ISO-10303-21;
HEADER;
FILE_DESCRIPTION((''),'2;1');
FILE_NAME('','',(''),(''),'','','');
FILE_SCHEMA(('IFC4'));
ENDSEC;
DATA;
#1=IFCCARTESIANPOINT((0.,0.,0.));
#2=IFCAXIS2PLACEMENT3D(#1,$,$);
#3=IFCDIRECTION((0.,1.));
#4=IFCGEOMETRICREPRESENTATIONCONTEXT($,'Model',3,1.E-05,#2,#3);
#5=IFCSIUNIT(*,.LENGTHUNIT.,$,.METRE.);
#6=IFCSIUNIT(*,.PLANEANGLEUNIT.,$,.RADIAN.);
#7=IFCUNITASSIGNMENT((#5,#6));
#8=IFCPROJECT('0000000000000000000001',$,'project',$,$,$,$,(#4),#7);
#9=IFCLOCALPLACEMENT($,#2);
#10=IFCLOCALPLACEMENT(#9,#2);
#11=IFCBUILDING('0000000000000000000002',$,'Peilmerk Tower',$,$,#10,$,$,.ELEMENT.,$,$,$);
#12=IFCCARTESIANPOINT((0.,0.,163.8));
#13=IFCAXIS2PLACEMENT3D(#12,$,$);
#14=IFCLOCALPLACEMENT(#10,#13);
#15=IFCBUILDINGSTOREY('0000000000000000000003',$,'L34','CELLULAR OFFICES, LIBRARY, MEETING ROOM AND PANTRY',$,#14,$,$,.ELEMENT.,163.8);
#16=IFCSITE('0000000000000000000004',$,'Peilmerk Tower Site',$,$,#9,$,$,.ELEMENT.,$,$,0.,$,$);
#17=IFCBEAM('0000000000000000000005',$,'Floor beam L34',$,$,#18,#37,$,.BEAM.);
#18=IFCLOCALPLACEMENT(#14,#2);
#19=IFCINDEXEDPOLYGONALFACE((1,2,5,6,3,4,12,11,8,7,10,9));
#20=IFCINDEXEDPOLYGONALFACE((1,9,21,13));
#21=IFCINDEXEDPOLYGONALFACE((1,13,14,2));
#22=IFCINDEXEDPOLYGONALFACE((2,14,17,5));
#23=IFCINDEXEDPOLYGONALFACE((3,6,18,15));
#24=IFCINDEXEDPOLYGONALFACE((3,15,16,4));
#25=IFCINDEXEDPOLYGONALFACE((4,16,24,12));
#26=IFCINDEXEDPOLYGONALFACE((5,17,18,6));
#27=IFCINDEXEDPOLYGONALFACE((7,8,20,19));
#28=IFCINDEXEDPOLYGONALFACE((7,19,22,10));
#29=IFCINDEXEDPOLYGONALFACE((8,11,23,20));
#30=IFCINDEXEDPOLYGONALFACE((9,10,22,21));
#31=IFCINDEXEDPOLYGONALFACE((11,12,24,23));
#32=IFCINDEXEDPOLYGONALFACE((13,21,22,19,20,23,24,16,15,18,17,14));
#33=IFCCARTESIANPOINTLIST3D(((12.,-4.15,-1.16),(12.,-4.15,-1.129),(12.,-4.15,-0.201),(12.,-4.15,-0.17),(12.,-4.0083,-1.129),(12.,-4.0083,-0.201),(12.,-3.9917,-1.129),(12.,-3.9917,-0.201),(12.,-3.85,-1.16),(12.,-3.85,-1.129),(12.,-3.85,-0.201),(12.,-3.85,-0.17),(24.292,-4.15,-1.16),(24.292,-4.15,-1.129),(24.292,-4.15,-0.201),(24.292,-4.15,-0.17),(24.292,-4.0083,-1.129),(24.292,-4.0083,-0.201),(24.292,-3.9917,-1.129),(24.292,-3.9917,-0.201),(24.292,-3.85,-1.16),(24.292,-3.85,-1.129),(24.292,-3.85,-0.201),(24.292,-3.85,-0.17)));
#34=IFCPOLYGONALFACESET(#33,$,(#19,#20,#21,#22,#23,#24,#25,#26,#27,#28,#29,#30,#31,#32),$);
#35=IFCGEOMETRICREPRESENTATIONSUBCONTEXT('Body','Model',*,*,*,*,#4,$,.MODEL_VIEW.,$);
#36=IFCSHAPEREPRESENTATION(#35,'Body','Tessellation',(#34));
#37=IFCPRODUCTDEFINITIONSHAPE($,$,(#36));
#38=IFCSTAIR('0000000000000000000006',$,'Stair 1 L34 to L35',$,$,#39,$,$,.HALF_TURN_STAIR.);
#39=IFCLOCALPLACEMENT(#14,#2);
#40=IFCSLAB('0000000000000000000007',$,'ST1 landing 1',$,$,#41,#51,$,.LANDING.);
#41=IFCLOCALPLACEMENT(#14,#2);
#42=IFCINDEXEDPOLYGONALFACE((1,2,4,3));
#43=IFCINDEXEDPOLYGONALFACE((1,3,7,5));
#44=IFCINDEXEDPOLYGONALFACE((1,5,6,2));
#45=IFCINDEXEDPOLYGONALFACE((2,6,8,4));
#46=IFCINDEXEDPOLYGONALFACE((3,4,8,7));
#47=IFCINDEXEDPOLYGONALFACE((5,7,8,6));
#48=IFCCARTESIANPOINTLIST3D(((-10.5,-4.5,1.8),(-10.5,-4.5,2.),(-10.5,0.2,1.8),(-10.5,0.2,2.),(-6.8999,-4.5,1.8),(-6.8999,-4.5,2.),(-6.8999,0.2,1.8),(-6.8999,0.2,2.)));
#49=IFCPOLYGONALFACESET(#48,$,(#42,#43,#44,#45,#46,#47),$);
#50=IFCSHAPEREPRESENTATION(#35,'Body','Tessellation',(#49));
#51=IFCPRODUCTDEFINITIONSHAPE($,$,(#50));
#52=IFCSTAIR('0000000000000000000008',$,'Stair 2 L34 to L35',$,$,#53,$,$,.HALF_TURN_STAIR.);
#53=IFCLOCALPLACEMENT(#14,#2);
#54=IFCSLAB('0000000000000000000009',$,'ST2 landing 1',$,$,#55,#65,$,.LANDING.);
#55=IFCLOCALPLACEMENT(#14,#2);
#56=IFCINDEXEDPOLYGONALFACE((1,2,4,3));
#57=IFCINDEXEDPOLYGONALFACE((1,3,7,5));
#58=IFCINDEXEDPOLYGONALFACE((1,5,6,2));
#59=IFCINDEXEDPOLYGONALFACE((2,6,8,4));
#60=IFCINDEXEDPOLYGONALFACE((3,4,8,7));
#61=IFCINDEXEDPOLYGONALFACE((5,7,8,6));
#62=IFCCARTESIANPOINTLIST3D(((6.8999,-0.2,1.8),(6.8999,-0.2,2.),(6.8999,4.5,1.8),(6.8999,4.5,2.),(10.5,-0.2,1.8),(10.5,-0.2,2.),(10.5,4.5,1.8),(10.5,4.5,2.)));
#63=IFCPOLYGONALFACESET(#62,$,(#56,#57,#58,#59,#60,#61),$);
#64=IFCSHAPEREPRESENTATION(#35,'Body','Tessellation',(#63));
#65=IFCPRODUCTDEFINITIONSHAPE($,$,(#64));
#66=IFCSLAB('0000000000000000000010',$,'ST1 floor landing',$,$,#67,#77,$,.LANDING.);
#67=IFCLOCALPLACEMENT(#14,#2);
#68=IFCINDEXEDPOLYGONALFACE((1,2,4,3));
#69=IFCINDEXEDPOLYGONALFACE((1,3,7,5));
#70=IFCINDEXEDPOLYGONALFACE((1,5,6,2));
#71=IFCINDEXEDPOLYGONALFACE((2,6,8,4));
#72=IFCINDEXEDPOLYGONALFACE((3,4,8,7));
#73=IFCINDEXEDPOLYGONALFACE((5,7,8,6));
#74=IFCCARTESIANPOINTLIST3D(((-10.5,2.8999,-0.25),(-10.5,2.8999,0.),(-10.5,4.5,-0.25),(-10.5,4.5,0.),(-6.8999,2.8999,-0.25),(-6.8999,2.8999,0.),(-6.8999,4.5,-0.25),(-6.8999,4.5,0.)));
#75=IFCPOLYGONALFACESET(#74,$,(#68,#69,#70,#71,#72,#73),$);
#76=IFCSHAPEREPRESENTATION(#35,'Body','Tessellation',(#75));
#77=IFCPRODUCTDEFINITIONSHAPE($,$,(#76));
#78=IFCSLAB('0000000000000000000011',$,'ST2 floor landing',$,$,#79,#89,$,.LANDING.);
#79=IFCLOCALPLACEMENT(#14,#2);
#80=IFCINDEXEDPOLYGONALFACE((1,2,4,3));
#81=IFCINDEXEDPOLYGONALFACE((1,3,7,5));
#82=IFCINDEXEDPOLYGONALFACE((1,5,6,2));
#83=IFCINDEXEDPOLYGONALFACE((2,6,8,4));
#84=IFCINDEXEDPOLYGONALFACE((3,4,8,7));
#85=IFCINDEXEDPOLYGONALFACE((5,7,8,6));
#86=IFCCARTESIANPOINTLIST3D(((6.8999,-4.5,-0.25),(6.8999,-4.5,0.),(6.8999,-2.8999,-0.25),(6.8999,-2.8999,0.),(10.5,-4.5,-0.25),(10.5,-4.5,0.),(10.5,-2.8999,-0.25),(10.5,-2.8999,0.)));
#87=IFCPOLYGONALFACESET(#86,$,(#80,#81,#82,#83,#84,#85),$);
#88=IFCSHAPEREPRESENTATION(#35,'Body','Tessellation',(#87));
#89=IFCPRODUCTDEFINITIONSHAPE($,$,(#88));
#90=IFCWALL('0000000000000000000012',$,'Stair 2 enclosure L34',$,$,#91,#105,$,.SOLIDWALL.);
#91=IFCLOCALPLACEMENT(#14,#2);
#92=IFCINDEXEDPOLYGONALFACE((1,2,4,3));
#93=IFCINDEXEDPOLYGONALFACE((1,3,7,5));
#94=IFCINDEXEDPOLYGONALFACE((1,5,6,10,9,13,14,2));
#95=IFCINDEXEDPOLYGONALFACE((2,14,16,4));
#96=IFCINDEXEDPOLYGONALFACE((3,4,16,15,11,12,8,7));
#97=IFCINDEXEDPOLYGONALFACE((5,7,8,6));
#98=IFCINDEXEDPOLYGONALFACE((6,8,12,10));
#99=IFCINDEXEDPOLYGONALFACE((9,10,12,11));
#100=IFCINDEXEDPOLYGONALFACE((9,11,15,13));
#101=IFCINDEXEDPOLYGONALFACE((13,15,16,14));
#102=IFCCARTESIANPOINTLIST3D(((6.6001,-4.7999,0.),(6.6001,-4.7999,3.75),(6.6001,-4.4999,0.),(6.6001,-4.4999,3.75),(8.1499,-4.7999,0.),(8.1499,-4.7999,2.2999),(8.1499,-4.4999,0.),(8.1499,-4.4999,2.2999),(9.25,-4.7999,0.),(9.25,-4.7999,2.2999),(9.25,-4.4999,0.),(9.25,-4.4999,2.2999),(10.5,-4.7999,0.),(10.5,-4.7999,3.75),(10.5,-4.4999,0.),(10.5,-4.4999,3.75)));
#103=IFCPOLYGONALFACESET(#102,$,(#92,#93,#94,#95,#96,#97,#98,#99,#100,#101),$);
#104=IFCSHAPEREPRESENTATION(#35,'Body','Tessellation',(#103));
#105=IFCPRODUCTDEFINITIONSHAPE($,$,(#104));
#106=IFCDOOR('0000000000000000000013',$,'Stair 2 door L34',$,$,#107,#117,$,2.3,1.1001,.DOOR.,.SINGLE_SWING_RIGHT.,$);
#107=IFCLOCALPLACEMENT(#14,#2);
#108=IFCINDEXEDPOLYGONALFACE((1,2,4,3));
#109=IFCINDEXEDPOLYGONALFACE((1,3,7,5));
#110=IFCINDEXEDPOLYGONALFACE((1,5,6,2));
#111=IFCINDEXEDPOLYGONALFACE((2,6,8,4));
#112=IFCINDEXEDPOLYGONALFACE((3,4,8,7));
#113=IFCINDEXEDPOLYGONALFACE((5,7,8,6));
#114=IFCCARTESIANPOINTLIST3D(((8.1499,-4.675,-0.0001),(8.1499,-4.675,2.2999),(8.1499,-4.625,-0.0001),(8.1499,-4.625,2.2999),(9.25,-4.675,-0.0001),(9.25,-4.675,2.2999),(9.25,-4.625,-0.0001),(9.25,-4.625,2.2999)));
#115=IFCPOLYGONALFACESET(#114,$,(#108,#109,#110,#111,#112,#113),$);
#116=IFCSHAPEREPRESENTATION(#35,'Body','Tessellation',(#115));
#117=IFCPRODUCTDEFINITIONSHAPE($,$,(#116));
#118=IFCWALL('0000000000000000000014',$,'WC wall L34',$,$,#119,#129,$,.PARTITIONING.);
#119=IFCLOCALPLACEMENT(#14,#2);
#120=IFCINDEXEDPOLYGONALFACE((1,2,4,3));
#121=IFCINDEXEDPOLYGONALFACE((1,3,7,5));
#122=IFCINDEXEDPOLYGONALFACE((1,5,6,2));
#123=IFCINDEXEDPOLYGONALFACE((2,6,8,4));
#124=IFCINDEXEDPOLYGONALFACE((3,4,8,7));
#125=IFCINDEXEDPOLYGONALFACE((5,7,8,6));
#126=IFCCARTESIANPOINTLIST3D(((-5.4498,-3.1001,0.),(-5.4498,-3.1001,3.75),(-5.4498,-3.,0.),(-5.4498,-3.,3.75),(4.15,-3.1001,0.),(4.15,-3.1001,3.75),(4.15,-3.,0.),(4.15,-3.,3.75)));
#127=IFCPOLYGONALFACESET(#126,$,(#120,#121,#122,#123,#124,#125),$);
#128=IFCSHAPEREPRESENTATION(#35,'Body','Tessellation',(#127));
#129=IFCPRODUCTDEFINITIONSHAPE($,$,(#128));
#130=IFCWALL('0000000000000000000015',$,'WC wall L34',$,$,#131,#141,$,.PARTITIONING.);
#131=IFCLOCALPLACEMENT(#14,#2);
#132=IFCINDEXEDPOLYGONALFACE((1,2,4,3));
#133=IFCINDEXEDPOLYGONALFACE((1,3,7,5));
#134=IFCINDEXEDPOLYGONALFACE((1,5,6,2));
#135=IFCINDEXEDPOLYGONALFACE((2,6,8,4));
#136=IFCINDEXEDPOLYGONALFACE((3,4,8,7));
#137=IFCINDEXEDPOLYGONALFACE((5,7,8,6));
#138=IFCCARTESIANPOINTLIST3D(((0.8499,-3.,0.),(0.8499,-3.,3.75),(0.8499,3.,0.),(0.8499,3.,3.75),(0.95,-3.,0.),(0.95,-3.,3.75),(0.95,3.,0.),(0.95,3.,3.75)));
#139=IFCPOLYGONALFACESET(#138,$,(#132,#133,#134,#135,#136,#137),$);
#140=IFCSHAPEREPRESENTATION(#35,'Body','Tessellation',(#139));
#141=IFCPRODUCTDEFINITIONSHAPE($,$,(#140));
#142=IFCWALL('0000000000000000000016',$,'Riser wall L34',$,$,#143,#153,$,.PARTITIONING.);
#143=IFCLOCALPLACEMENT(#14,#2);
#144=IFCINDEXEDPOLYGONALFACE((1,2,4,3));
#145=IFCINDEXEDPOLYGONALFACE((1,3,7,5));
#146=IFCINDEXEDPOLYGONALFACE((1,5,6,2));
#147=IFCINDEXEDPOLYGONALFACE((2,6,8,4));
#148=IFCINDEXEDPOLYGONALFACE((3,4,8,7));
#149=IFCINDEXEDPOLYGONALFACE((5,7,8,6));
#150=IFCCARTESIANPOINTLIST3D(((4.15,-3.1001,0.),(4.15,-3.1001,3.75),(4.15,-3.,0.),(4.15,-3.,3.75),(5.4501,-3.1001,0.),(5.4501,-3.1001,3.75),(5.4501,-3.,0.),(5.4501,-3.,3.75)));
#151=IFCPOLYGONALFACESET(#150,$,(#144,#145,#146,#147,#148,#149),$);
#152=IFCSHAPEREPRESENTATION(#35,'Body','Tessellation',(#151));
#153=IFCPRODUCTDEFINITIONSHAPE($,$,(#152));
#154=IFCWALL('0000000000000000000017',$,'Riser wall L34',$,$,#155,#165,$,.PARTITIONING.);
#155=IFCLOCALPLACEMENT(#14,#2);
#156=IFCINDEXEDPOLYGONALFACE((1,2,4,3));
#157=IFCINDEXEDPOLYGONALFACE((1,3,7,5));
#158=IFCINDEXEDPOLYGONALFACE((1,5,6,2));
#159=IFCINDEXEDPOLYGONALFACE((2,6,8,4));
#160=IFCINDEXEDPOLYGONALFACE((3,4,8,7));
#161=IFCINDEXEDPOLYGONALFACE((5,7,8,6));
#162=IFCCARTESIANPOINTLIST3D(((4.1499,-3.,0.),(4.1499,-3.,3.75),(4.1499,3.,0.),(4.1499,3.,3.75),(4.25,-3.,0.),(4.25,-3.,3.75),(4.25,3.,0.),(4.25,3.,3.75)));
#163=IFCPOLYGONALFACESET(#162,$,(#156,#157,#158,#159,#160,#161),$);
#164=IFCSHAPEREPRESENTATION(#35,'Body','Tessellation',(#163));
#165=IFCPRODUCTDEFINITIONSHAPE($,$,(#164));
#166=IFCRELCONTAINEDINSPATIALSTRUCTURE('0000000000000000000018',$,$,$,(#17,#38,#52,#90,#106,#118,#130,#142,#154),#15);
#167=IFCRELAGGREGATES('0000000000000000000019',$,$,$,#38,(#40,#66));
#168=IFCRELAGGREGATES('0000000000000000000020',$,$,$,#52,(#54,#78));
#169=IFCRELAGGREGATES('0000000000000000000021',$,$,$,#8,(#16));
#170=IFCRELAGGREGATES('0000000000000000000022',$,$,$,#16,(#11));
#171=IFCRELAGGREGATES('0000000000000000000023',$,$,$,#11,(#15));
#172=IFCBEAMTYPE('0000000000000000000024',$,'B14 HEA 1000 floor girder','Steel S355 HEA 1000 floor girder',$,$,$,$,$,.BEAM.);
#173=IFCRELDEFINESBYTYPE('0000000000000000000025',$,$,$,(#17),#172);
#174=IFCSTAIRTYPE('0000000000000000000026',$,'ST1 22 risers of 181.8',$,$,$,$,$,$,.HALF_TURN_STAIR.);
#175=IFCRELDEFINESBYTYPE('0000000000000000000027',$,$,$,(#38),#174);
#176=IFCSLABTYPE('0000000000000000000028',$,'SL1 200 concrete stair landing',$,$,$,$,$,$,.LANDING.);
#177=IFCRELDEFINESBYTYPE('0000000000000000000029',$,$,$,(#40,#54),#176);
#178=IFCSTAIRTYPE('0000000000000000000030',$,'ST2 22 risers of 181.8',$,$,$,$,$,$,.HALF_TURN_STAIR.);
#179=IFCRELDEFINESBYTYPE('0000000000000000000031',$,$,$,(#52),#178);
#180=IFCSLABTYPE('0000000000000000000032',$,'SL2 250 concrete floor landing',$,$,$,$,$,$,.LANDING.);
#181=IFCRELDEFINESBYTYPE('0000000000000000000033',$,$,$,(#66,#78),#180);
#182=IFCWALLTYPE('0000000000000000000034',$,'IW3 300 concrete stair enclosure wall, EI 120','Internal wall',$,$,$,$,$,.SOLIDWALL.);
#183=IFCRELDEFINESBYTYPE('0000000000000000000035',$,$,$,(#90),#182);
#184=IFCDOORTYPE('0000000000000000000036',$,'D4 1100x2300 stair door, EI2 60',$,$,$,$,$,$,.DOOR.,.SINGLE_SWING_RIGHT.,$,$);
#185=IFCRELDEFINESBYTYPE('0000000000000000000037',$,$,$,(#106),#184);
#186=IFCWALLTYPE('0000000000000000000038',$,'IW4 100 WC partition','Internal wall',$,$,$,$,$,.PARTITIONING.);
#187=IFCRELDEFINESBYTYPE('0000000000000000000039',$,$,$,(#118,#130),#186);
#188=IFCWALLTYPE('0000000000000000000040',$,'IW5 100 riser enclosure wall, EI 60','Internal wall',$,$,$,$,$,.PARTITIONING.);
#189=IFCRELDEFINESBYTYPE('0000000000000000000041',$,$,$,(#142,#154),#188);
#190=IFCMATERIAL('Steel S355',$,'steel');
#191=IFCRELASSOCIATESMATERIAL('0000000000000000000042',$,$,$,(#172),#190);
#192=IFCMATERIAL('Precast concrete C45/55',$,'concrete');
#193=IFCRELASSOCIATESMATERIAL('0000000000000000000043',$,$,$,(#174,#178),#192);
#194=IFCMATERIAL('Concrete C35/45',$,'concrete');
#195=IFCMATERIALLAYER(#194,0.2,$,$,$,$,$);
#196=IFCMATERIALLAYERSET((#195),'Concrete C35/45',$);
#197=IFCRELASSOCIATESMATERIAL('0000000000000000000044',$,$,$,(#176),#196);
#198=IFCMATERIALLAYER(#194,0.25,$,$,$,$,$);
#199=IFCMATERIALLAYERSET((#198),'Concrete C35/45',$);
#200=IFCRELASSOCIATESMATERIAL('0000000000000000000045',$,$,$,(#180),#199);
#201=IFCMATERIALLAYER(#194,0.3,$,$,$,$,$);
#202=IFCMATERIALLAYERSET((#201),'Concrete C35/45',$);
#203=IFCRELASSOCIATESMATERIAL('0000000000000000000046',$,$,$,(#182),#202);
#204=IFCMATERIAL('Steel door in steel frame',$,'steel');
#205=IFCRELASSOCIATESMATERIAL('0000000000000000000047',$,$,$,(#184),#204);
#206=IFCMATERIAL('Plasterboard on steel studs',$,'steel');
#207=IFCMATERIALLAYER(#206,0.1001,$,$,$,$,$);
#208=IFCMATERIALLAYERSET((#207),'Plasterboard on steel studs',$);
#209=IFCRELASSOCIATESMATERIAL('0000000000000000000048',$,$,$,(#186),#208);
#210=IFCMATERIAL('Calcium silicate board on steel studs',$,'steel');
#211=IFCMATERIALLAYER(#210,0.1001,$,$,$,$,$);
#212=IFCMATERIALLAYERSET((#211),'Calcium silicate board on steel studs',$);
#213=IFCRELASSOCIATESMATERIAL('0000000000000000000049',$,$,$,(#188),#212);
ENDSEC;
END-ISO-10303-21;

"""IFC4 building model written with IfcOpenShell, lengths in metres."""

from ifc_helpers import new_model, si_unit, direction, frame, frame_2d, origin, origin_2d, place, context, subcontext, project, spatial, polyline, rectangle, i_section, outline, extrude, material, layer, layer_set, material_profile, profile_set, type_object, element, fill, aggregate, save


model = new_model("IFC4")

# Units and contexts
model_context = context("Model", 3, precision=1e-05, world=origin(), true_north=direction((0.0, 1.0)))
body_context = subcontext(model_context, "Body", "Model", "MODEL_VIEW")
ifc_project = project(units=[si_unit("LENGTHUNIT", "METRE"), si_unit("PLANEANGLEUNIT", "RADIAN")], contexts=[model_context])

# Site, building, storey
site_placement = place(None, origin())
site = spatial("IfcSite", under=ifc_project, at=site_placement, Name="Peilmerk Tower Site", CompositionType="ELEMENT", RefElevation=0.0)
building_placement = place(site_placement, origin())
building = spatial("IfcBuilding", under=site, at=building_placement, Name="Peilmerk Tower", CompositionType="ELEMENT")
storey_placement = place(building_placement, frame((0.0, 0.0, 163.8)))
storey = spatial("IfcBuildingStorey", under=building, at=storey_placement, Name="L34", Description="CELLULAR OFFICES, LIBRARY, MEETING ROOM AND PANTRY", CompositionType="ELEMENT", Elevation=163.8)

# Beam
ifc_material_1 = material(Name="Steel S355", Category="steel")
ifc_material_profile = material_profile(ifc_material_1, i_section(OverallWidth=0.3, OverallDepth=0.99, WebThickness=0.0166, FlangeThickness=0.031, at=origin_2d()), Name="HEA 1000")
ifc_profile_set = profile_set([ifc_material_profile], Name="Steel S355")
beam_type = type_object("IfcBeamType", Name="B14 HEA 1000 floor girder", Description="Steel S355 HEA 1000 floor girder", PredefinedType="BEAM", material=ifc_profile_set)
beam_placement = place(storey_placement, frame((12.0, -4.0, -0.665), z_axis=(1.0, 0.0, 0.0), x_axis=(0.0, 1.0, 0.0)))
element("IfcBeam", 1, at=beam_placement, inside=storey, type_object=beam_type, Name="Floor beam L34", PredefinedType="BEAM", context=body_context, shape_type="SweptSolid", body=[
    extrude(i_section(OverallWidth=0.3, OverallDepth=0.99, WebThickness=0.0166, FlangeThickness=0.031, at=origin_2d()), origin(), (0.0, 0.0, 1.0), 12.292),
])

# Stairs, slabs
ifc_material_2 = material(Name="Precast concrete C45/55", Category="concrete")
stair_type_1 = type_object("IfcStairType", Name="ST1 22 risers of 181.8", PredefinedType="HALF_TURN_STAIR", material=ifc_material_2)
stair_1_placement = place(storey_placement, origin())
stair_1 = element("IfcStair", 2, at=stair_1_placement, inside=storey, type_object=stair_type_1, Name="Stair 1 L34 to L35", PredefinedType="HALF_TURN_STAIR")
ifc_material_3 = material(Name="Concrete C35/45", Category="concrete")
ifc_layer_1 = layer(ifc_material_3, 0.2)
ifc_layer_set_1 = layer_set([ifc_layer_1], Name="Concrete C35/45")
slab_type_1 = type_object("IfcSlabType", Name="SL1 200 concrete stair landing", PredefinedType="LANDING", material=ifc_layer_set_1)
slab_1_placement = place(storey_placement, frame((0.0, 0.0, 1.8)))
slab_1 = element("IfcSlab", 3, at=slab_1_placement, type_object=slab_type_1, Name="ST1 landing 1", PredefinedType="LANDING", context=body_context, shape_type="SweptSolid", body=[
    extrude(outline(polyline([(-10.5, -4.5), (-6.8999, -4.5), (-6.8999, 0.2), (-10.5, 0.2), (-10.5, -4.5)])), origin(), (0.0, 0.0, 1.0), 0.2),
])
stair_type_2 = type_object("IfcStairType", Name="ST2 22 risers of 181.8", PredefinedType="HALF_TURN_STAIR", material=ifc_material_2)
stair_2_placement = place(storey_placement, origin())
stair_2 = element("IfcStair", 4, at=stair_2_placement, inside=storey, type_object=stair_type_2, Name="Stair 2 L34 to L35", PredefinedType="HALF_TURN_STAIR")
slab_2_placement = place(storey_placement, frame((0.0, 0.0, 1.8)))
slab_2 = element("IfcSlab", 5, at=slab_2_placement, type_object=slab_type_1, Name="ST2 landing 1", PredefinedType="LANDING", context=body_context, shape_type="SweptSolid", body=[
    extrude(outline(polyline([(6.8999, -0.2), (10.5, -0.2), (10.5, 4.5), (6.8999, 4.5), (6.8999, -0.2)])), origin(), (0.0, 0.0, 1.0), 0.2),
])

# Slabs
ifc_layer_2 = layer(ifc_material_3, 0.25)
ifc_layer_set_2 = layer_set([ifc_layer_2], Name="Concrete C35/45")
slab_type_2 = type_object("IfcSlabType", Name="SL2 250 concrete floor landing", PredefinedType="LANDING", material=ifc_layer_set_2)
slab_3_placement = place(storey_placement, frame((0.0, 0.0, -0.25)))
slab_3 = element("IfcSlab", 6, at=slab_3_placement, type_object=slab_type_2, Name="ST1 floor landing", PredefinedType="LANDING", context=body_context, shape_type="SweptSolid", body=[
    extrude(outline(polyline([(-10.5, 2.8999), (-6.8999, 2.8999), (-6.8999, 4.5), (-10.5, 4.5), (-10.5, 2.8999)])), origin(), (0.0, 0.0, 1.0), 0.25),
])
aggregate(stair_1, [slab_1, slab_3])
slab_4_placement = place(storey_placement, frame((0.0, 0.0, -0.25)))
slab_4 = element("IfcSlab", 7, at=slab_4_placement, type_object=slab_type_2, Name="ST2 floor landing", PredefinedType="LANDING", context=body_context, shape_type="SweptSolid", body=[
    extrude(outline(polyline([(6.8999, -4.5), (10.5, -4.5), (10.5, -2.8999), (6.8999, -2.8999), (6.8999, -4.5)])), origin(), (0.0, 0.0, 1.0), 0.25),
])

# Wall, opening, door
ifc_layer_3 = layer(ifc_material_3, 0.3)
ifc_layer_set_3 = layer_set([ifc_layer_3], Name="Concrete C35/45")
wall_type_1 = type_object("IfcWallType", Name="IW3 300 concrete stair enclosure wall, EI 120", Description="Internal wall", PredefinedType="SOLIDWALL", material=ifc_layer_set_3)
wall_1_placement = place(storey_placement, frame((10.5, -4.6499, 0.0), z_axis=(0.0, 0.0, 1.0), x_axis=(-1.0, 0.0, 0.0)))
wall_1 = element("IfcWall", 8, at=wall_1_placement, inside=storey, type_object=wall_type_1, Name="Stair 2 enclosure L34", PredefinedType="SOLIDWALL", context=body_context, shape_type="SweptSolid", body=[
    extrude(rectangle(XDim=3.8999, YDim=0.3, at=frame_2d((1.95, 0.0))), origin(), (0.0, 0.0, 1.0), 3.75),
])
opening_1_placement = place(wall_1_placement, frame((1.25, 0.0, 0.0)))
opening_1 = element("IfcOpeningElement", 9, at=opening_1_placement, cuts=wall_1, PredefinedType="OPENING", context=body_context, shape_type="SweptSolid", body=[
    extrude(rectangle(XDim=1.1001, YDim=2.3, at=frame_2d((0.55, 1.1499))), frame((0.0, 0.1599, 0.0), z_axis=(0.0, -1.0, 0.0), x_axis=(1.0, 0.0, 0.0)), (0.0, 0.0, 1.0), 0.3201),
])
ifc_material_4 = material(Name="Steel door in steel frame", Category="steel")
door_type_1 = type_object("IfcDoorType", Name="D4 1100x2300 stair door, EI2 60", OperationType="SINGLE_SWING_RIGHT", PredefinedType="DOOR", material=ifc_material_4)
door_1_placement = place(opening_1_placement, frame((1.1001, 0.0, 0.0), z_axis=(0.0, 0.0, 1.0), x_axis=(-1.0, 0.0, 0.0)))
door_1 = element("IfcDoor", 10, at=door_1_placement, inside=storey, type_object=door_type_1, Name="Stair 2 door L34", OperationType="SINGLE_SWING_RIGHT", OverallHeight=2.3, OverallWidth=1.1001, PredefinedType="DOOR", context=body_context, shape_type="SweptSolid", body=[
    extrude(rectangle(XDim=1.1001, YDim=2.3, at=frame_2d((0.55, 1.1499))), frame((0.0, 0.0249, 0.0), z_axis=(0.0, -1.0, 0.0), x_axis=(1.0, 0.0, 0.0)), (0.0, 0.0, 1.0), 0.05),
])
fill(opening_1, door_1)

# Walls
ifc_material_5 = material(Name="Plasterboard on steel studs", Category="steel")
ifc_layer_4 = layer(ifc_material_5, 0.1001)
ifc_layer_set_4 = layer_set([ifc_layer_4], Name="Plasterboard on steel studs")
wall_type_2 = type_object("IfcWallType", Name="IW4 100 WC partition", Description="Internal wall", PredefinedType="PARTITIONING", material=ifc_layer_set_4)
wall_2_placement = place(storey_placement, frame((4.1499, -3.05, 0.0), z_axis=(0.0, 0.0, 1.0), x_axis=(-1.0, 0.0, 0.0)))
element("IfcWall", 11, at=wall_2_placement, inside=storey, type_object=wall_type_2, Name="WC wall L34", PredefinedType="PARTITIONING", context=body_context, shape_type="SweptSolid", body=[
    extrude(rectangle(XDim=9.5999, YDim=0.1001, at=frame_2d((4.7998, 0.0))), origin(), (0.0, 0.0, 1.0), 3.75),
])
wall_3_placement = place(storey_placement, frame((0.8999, -3.0, 0.0), z_axis=(0.0, 0.0, 1.0), x_axis=(0.0, 1.0, 0.0)))
element("IfcWall", 12, at=wall_3_placement, inside=storey, type_object=wall_type_2, Name="WC wall L34", PredefinedType="PARTITIONING", context=body_context, shape_type="SweptSolid", body=[
    extrude(rectangle(XDim=6.0, YDim=0.1001, at=frame_2d((3.0, 0.0))), origin(), (0.0, 0.0, 1.0), 3.75),
])
ifc_material_6 = material(Name="Calcium silicate board on steel studs", Category="steel")
ifc_layer_5 = layer(ifc_material_6, 0.1001)
ifc_layer_set_5 = layer_set([ifc_layer_5], Name="Calcium silicate board on steel studs")
wall_type_3 = type_object("IfcWallType", Name="IW5 100 riser enclosure wall, EI 60", Description="Internal wall", PredefinedType="PARTITIONING", material=ifc_layer_set_5)
wall_4_placement = place(storey_placement, frame((5.45, -3.05, 0.0), z_axis=(0.0, 0.0, 1.0), x_axis=(-1.0, 0.0, 0.0)))
element("IfcWall", 13, at=wall_4_placement, inside=storey, type_object=wall_type_3, Name="Riser wall L34", PredefinedType="PARTITIONING", context=body_context, shape_type="SweptSolid", body=[
    extrude(rectangle(XDim=1.3, YDim=0.1001, at=frame_2d((0.6499, 0.0))), origin(), (0.0, 0.0, 1.0), 3.75),
])
wall_5_placement = place(storey_placement, frame((4.2, -3.0, 0.0), z_axis=(0.0, 0.0, 1.0), x_axis=(0.0, 1.0, 0.0)))
element("IfcWall", 14, at=wall_5_placement, inside=storey, type_object=wall_type_3, Name="Riser wall L34", PredefinedType="PARTITIONING", context=body_context, shape_type="SweptSolid", body=[
    extrude(rectangle(XDim=6.0, YDim=0.1001, at=frame_2d((3.0, 0.0))), origin(), (0.0, 0.0, 1.0), 3.75),
])

aggregate(stair_2, [slab_2, slab_4])

save(model, "model.ifc")
